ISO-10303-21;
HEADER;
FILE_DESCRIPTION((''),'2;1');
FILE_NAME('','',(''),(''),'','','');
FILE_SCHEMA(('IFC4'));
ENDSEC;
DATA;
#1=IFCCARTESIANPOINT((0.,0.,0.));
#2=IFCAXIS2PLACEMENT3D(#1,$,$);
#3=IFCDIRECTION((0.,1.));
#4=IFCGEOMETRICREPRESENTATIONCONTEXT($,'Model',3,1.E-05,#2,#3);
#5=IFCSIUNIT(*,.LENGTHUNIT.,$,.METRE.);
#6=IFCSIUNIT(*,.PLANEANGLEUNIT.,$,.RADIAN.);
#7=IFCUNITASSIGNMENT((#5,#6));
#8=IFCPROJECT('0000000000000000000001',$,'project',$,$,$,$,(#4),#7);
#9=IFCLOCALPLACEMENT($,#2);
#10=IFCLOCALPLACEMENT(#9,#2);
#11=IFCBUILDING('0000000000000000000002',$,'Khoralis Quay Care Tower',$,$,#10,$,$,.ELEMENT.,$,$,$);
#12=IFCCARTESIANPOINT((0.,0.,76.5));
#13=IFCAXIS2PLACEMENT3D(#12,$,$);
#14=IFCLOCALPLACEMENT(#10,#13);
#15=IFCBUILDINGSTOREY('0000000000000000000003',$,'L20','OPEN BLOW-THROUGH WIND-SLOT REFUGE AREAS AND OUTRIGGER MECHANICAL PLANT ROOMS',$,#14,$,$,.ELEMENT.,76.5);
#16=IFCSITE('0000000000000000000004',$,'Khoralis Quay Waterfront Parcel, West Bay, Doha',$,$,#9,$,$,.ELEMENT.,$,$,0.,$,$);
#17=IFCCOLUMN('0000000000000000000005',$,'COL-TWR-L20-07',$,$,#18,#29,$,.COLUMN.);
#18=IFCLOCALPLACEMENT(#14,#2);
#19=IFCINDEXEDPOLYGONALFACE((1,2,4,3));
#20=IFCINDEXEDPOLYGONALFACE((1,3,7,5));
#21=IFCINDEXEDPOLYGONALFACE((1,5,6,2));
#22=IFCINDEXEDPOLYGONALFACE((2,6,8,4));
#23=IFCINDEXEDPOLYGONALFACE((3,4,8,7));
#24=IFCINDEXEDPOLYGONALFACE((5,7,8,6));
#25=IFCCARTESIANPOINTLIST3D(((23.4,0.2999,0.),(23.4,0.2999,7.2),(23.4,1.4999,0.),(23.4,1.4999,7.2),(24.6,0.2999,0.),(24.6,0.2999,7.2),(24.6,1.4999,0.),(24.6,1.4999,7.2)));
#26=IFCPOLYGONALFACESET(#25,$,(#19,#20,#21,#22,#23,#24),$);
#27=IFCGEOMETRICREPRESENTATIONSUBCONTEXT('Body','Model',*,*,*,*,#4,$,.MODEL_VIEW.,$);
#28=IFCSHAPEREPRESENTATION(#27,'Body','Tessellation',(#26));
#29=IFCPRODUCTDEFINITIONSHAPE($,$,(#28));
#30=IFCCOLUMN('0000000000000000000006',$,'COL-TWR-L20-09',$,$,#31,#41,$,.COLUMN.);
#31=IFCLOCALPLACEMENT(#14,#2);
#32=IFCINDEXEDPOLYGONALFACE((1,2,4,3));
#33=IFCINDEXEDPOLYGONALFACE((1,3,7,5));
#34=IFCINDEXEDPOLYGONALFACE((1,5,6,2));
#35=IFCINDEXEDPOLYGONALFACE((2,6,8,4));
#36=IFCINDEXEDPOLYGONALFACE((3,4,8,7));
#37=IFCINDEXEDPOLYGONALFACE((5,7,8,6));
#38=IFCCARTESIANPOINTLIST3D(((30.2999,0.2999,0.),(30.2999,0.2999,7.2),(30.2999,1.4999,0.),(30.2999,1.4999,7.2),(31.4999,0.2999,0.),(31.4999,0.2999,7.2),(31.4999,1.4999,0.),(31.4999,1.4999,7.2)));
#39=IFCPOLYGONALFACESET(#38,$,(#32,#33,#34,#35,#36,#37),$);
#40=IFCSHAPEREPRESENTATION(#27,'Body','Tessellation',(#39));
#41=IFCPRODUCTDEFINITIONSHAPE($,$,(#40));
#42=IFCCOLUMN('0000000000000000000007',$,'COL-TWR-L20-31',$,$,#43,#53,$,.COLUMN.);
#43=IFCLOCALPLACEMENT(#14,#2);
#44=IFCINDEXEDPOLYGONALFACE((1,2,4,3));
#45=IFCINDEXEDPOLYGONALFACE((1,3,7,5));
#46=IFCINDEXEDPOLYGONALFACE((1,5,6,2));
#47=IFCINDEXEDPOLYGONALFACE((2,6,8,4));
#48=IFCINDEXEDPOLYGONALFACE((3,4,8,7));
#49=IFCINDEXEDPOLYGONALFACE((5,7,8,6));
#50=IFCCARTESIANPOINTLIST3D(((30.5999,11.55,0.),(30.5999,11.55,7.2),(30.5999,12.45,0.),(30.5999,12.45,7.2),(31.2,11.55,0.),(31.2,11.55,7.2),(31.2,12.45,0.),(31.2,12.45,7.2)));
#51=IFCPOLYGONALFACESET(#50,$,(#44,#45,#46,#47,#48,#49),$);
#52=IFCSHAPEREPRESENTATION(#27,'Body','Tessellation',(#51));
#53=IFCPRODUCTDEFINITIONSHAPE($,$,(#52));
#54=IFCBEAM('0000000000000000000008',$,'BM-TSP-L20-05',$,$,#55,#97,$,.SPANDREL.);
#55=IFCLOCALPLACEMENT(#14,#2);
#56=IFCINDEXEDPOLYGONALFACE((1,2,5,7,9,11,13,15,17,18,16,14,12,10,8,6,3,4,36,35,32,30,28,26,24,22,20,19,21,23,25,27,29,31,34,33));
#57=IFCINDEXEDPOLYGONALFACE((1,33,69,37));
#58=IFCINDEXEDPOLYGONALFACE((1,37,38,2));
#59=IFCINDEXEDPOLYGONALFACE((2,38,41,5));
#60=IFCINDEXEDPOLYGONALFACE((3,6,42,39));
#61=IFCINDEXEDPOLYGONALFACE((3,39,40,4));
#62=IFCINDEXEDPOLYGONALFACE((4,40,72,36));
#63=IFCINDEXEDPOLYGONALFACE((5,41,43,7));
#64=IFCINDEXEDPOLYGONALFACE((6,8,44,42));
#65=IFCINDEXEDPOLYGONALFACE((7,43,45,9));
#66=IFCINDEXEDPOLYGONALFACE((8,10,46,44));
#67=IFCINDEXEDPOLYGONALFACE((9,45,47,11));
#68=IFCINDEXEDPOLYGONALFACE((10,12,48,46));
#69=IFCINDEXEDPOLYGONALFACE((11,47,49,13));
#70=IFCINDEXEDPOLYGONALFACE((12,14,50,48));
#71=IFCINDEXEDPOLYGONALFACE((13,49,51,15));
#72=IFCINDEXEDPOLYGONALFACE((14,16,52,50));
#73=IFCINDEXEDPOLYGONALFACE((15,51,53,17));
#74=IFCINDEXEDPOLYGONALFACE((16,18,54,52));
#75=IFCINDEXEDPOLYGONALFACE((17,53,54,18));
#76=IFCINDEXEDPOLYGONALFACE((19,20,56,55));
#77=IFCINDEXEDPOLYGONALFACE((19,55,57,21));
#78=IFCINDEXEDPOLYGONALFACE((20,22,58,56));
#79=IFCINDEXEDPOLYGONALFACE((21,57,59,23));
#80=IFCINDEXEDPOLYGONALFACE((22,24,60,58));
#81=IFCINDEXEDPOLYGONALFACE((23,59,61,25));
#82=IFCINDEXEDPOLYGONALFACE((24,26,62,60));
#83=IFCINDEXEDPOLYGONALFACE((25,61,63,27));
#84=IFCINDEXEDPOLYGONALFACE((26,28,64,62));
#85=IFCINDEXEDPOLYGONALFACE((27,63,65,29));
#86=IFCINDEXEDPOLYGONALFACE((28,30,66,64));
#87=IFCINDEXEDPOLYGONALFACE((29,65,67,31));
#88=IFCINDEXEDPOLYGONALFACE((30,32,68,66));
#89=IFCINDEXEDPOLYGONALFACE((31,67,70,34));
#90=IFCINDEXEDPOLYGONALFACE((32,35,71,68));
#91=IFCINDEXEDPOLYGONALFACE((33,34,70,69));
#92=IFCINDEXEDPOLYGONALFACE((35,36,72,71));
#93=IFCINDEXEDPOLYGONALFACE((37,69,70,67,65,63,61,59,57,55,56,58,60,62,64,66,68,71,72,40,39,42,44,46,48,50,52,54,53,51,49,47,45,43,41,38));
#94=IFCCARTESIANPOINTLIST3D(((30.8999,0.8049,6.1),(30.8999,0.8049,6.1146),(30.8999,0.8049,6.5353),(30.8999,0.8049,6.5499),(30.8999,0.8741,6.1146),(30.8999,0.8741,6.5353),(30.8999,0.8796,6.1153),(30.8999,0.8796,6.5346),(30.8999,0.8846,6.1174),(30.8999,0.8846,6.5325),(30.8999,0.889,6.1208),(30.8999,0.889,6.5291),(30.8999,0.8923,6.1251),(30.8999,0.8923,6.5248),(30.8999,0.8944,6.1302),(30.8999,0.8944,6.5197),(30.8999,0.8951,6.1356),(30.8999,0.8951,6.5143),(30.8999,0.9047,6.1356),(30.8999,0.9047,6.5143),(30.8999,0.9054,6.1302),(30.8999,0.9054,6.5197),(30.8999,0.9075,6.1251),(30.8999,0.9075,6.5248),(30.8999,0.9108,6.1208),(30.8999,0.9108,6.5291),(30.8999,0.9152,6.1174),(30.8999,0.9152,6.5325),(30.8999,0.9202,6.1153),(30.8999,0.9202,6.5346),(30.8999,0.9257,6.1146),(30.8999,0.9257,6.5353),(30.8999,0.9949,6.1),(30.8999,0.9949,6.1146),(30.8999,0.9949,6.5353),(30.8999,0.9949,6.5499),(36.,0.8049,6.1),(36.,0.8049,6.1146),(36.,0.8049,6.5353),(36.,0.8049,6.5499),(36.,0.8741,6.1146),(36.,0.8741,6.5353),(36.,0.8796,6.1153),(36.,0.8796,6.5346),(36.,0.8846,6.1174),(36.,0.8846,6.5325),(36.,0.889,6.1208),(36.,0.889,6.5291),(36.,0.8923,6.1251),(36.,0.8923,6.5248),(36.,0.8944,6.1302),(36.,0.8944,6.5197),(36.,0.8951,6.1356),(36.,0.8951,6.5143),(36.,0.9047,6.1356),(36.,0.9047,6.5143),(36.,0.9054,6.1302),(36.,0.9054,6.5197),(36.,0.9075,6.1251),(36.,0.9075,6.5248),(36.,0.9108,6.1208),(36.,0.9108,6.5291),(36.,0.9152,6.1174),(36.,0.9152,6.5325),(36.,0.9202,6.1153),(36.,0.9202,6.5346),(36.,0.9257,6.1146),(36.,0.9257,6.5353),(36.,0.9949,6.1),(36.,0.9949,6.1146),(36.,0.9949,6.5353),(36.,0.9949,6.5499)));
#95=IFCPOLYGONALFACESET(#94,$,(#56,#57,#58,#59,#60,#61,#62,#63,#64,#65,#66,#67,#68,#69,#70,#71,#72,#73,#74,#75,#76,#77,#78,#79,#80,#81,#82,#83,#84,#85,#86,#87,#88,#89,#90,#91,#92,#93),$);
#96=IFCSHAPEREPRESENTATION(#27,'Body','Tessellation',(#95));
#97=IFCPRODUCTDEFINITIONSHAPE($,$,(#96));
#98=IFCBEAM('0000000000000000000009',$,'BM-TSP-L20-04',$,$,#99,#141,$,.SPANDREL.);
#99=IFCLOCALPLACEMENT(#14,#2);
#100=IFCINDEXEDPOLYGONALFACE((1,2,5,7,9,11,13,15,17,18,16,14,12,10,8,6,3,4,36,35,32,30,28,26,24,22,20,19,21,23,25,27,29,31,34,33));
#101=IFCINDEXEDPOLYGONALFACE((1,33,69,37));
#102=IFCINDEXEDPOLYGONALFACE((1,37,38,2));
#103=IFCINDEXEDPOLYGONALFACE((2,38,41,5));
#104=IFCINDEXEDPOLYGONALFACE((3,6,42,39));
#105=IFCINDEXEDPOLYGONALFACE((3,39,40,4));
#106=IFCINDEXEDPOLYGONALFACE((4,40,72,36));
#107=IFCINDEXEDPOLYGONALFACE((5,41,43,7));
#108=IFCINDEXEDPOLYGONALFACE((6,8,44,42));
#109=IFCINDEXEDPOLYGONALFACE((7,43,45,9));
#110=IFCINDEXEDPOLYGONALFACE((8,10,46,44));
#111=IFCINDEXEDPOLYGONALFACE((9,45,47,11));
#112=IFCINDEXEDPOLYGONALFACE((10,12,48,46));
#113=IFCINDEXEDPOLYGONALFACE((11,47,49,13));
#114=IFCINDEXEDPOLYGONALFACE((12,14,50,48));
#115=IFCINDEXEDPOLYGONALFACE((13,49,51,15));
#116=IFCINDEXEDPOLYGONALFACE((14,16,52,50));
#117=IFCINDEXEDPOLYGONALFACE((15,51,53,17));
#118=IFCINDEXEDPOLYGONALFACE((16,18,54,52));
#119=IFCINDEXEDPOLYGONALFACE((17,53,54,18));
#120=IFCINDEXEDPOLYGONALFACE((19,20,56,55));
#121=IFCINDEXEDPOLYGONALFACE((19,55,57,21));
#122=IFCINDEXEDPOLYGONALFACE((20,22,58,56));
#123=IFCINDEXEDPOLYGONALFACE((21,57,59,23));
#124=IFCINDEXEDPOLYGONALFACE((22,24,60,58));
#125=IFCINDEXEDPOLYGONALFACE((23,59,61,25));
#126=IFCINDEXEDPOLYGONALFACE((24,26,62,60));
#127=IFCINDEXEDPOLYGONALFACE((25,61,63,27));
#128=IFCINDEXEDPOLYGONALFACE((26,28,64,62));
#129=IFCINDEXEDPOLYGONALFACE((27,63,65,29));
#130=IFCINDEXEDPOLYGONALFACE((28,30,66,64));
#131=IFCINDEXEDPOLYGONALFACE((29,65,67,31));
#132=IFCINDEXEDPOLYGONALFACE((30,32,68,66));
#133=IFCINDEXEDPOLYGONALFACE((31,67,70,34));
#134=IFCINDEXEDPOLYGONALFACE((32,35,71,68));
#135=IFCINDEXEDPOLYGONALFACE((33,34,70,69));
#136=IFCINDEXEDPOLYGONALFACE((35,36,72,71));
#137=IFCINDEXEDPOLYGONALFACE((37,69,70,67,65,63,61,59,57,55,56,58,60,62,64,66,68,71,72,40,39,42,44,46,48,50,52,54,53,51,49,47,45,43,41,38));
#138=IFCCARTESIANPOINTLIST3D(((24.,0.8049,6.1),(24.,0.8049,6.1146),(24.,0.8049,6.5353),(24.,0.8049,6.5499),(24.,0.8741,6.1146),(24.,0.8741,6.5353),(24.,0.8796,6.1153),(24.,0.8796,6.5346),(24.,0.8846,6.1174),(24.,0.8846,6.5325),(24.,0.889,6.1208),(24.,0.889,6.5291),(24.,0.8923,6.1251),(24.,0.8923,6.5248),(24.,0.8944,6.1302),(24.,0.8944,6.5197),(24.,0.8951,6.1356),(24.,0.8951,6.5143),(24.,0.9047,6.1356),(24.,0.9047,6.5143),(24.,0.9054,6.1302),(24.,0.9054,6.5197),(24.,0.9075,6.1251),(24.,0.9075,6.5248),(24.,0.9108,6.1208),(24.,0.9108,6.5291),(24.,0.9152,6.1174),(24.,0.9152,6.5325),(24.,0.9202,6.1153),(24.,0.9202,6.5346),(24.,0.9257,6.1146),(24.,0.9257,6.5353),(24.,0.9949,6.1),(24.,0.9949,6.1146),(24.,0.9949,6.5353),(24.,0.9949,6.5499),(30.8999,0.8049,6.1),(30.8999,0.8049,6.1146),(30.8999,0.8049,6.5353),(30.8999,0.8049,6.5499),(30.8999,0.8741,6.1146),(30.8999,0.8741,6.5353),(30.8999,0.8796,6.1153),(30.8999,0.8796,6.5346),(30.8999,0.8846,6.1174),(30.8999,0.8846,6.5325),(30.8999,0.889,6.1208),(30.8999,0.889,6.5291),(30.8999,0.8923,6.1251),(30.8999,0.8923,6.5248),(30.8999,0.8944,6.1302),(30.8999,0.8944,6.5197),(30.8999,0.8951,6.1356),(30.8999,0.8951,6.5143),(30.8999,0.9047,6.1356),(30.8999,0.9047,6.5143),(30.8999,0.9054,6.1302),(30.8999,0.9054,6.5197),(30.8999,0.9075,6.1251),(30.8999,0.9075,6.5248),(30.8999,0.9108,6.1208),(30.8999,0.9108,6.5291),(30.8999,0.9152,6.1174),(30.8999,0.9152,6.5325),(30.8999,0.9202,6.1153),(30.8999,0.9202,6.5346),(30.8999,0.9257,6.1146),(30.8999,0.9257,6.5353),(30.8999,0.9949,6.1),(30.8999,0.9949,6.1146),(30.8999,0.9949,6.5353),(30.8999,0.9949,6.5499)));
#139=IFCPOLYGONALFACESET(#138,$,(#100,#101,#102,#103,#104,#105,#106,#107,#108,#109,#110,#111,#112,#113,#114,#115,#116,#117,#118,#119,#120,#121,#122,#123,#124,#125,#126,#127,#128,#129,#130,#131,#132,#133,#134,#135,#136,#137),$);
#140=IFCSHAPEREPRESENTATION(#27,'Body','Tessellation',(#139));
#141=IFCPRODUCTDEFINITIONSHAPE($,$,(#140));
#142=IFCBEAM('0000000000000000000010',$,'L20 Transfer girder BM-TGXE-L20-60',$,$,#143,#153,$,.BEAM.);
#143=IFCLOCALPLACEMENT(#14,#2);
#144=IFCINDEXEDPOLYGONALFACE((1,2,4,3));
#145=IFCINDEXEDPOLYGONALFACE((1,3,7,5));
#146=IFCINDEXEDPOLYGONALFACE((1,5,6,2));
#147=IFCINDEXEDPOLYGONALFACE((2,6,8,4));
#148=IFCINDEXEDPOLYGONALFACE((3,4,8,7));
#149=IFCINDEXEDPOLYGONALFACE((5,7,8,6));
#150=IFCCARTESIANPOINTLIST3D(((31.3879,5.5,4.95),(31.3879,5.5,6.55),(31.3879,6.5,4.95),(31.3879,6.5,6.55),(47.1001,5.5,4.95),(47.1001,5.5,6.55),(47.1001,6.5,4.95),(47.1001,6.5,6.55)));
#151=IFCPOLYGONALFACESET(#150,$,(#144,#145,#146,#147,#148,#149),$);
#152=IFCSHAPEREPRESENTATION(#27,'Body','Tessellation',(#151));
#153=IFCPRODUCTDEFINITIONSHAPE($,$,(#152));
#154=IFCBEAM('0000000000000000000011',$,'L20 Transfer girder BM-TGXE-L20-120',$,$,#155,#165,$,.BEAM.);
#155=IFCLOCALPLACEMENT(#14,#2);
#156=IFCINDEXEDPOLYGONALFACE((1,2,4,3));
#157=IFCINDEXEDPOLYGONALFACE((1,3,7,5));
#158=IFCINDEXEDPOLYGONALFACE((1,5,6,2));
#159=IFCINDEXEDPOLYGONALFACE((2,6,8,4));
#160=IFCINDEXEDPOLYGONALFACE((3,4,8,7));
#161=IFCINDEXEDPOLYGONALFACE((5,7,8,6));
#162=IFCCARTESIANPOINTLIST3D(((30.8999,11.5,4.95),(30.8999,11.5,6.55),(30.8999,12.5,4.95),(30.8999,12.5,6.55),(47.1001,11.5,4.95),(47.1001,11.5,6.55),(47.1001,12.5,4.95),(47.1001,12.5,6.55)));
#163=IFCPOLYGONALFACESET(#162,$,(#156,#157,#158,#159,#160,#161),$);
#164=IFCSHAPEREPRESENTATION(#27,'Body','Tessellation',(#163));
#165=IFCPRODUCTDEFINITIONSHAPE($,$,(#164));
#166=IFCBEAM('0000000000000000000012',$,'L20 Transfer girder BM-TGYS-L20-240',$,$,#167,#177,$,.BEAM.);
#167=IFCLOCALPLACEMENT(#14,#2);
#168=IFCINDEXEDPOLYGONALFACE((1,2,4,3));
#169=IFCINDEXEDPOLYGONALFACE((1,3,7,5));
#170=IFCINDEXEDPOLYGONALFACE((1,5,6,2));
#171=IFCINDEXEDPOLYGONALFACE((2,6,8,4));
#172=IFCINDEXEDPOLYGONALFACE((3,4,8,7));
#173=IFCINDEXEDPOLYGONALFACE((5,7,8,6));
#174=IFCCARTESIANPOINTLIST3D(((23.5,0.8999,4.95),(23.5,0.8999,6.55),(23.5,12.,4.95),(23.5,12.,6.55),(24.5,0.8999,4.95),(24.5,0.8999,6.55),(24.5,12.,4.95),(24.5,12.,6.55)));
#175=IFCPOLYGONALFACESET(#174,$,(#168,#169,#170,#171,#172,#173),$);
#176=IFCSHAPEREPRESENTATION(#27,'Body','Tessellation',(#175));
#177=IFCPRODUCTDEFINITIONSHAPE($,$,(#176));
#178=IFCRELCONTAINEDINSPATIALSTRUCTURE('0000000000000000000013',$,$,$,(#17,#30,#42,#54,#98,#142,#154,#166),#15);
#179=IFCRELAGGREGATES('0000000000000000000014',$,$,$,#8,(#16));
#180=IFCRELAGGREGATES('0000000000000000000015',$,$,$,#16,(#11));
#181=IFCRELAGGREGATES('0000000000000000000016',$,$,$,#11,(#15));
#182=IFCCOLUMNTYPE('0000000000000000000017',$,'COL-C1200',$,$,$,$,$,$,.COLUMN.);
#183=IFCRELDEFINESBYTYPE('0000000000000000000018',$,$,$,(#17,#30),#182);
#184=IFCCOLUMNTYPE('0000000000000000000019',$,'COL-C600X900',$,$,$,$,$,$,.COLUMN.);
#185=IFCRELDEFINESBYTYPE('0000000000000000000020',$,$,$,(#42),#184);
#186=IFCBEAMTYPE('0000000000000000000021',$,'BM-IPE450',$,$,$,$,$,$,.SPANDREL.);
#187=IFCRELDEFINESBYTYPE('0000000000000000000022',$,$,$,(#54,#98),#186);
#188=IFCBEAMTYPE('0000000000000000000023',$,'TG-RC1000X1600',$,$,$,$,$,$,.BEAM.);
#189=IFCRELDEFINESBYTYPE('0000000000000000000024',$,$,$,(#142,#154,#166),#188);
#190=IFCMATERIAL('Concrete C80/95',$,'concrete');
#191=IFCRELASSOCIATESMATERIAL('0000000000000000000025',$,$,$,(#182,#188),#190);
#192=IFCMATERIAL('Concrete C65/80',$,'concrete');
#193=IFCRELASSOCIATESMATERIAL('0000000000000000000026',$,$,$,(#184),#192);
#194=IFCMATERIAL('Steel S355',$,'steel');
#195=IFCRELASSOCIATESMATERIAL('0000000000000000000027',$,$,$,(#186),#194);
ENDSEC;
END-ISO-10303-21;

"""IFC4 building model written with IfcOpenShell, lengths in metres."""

from ifc_helpers import new_model, si_unit, direction, frame, origin, origin_2d, place, context, subcontext, project, spatial, rectangle, i_section, extrude, source, transform, mapped, material, material_profile, profile_set, type_object, element, save


model = new_model("IFC4")

# Units and contexts
model_context = context("Model", 3, precision=1e-05, world=origin(), true_north=direction((0.0, 1.0)))
body_context = subcontext(model_context, "Body", "Model", "MODEL_VIEW")
ifc_project = project(units=[si_unit("LENGTHUNIT", "METRE"), si_unit("PLANEANGLEUNIT", "RADIAN")], contexts=[model_context])

# Site, building, storey
site_placement = place(None, origin())
site = spatial("IfcSite", under=ifc_project, at=site_placement, Name="Khoralis Quay Waterfront Parcel, West Bay, Doha", CompositionType="ELEMENT", RefElevation=0.0)
building_placement = place(site_placement, origin())
building = spatial("IfcBuilding", under=site, at=building_placement, Name="Khoralis Quay Care Tower", CompositionType="ELEMENT")
storey_placement = place(building_placement, frame((0.0, 0.0, 76.5)))
storey = spatial("IfcBuildingStorey", under=building, at=storey_placement, Name="L20", Description="OPEN BLOW-THROUGH WIND-SLOT REFUGE AREAS AND OUTRIGGER MECHANICAL PLANT ROOMS", CompositionType="ELEMENT", Elevation=76.5)

# Columns
ifc_material_1 = material(Name="Concrete C80/95", Category="concrete")
ifc_material_profile_1 = material_profile(ifc_material_1, rectangle(XDim=1.2, YDim=1.2, at=origin_2d()), Name="Concrete C80/95")
ifc_profile_set_1 = profile_set([ifc_material_profile_1], Name="Concrete C80/95")
column_type_1 = type_object("IfcColumnType", Name="COL-C1200", PredefinedType="COLUMN", material=ifc_profile_set_1)
shared_shape_1 = source(origin(), body_context, "Body", "SweptSolid", [
    extrude(rectangle(XDim=1.2, YDim=1.2, at=origin_2d()), origin(), (0.0, 0.0, 1.0), 7.2),
])
for number, where, z_axis, x_axis, name in (
    (1, (24.0, 0.8999, 0.0), (0.0, 0.0, 1.0), (1.0, 0.0, 0.0), "COL-TWR-L20-07"),
    (2, (30.8999, 0.8999, 0.0), (0.0, 0.0, 1.0), (1.0, 0.0, 0.0), "COL-TWR-L20-09"),
):
    element("IfcColumn", number, at=place(storey_placement, frame(where, z_axis=z_axis, x_axis=x_axis)), inside=storey, type_object=column_type_1, Name=name, PredefinedType="COLUMN", context=body_context, shape_type="MappedRepresentation", body=[
        mapped(shared_shape_1, transform((0.0, 0.0, 0.0), scale=1.0)),
    ])
ifc_material_2 = material(Name="Concrete C65/80", Category="concrete")
ifc_material_profile_2 = material_profile(ifc_material_2, rectangle(XDim=0.6001, YDim=0.8999, at=origin_2d()), Name="Concrete C65/80")
ifc_profile_set_2 = profile_set([ifc_material_profile_2], Name="Concrete C65/80")
column_type_2 = type_object("IfcColumnType", Name="COL-C600X900", PredefinedType="COLUMN", material=ifc_profile_set_2)
shared_shape_2 = source(origin(), body_context, "Body", "SweptSolid", [
    extrude(rectangle(XDim=0.6001, YDim=0.8999, at=origin_2d()), origin(), (0.0, 0.0, 1.0), 7.2),
])
column_placement = place(storey_placement, frame((30.8999, 12.0, 0.0), z_axis=(0.0, 0.0, 1.0), x_axis=(1.0, 0.0, 0.0)))
element("IfcColumn", 3, at=column_placement, inside=storey, type_object=column_type_2, Name="COL-TWR-L20-31", PredefinedType="COLUMN", context=body_context, shape_type="MappedRepresentation", body=[
    mapped(shared_shape_2, transform((0.0, 0.0, 0.0), scale=1.0)),
])

# Beams
ifc_material_3 = material(Name="Steel S355", Category="steel")
ifc_material_profile_3 = material_profile(ifc_material_3, i_section(OverallWidth=0.1899, OverallDepth=0.45, WebThickness=0.0095, FlangeThickness=0.0146, FilletRadius=0.021, at=origin_2d()), Name="Steel S355")
ifc_profile_set_3 = profile_set([ifc_material_profile_3], Name="Steel S355")
beam_type_1 = type_object("IfcBeamType", Name="BM-IPE450", PredefinedType="SPANDREL", material=ifc_profile_set_3)
shared_shape_3 = source(origin(), body_context, "Body", "SweptSolid", [
    extrude(i_section(OverallWidth=0.1899, OverallDepth=0.45, WebThickness=0.0095, FlangeThickness=0.0146, FilletRadius=0.021, at=origin_2d()), origin(), (0.0, 0.0, 1.0), 5.1001),
])
beam_1_placement = place(storey_placement, frame((30.8999, 0.8999, 6.325), z_axis=(1.0, 0.0, 0.0), x_axis=(0.0, 1.0, 0.0)))
element("IfcBeam", 4, at=beam_1_placement, inside=storey, type_object=beam_type_1, Name="BM-TSP-L20-05", PredefinedType="SPANDREL", context=body_context, shape_type="MappedRepresentation", body=[
    mapped(shared_shape_3, transform((0.0, 0.0, 0.0), scale=1.0)),
])
shared_shape_4 = source(origin(), body_context, "Body", "SweptSolid", [
    extrude(i_section(OverallWidth=0.1899, OverallDepth=0.45, WebThickness=0.0095, FlangeThickness=0.0146, FilletRadius=0.021, at=origin_2d()), origin(), (0.0, 0.0, 1.0), 6.8999),
])
beam_2_placement = place(storey_placement, frame((24.0, 0.8999, 6.325), z_axis=(1.0, 0.0, 0.0), x_axis=(0.0, 1.0, 0.0)))
element("IfcBeam", 5, at=beam_2_placement, inside=storey, type_object=beam_type_1, Name="BM-TSP-L20-04", PredefinedType="SPANDREL", context=body_context, shape_type="MappedRepresentation", body=[
    mapped(shared_shape_4, transform((0.0, 0.0, 0.0), scale=1.0)),
])
ifc_material_profile_4 = material_profile(ifc_material_1, rectangle(XDim=1.0, YDim=1.6001, at=origin_2d()), Name="Concrete C80/95")
ifc_profile_set_4 = profile_set([ifc_material_profile_4], Name="Concrete C80/95")
beam_type_2 = type_object("IfcBeamType", Name="TG-RC1000X1600", PredefinedType="BEAM", material=ifc_profile_set_4)
shared_shape_5 = source(origin(), body_context, "Body", "SweptSolid", [
    extrude(rectangle(XDim=1.0, YDim=1.6001, at=origin_2d()), origin(), (0.0, 0.0, 1.0), 15.7122),
])
beam_3_placement = place(storey_placement, frame((31.3879, 6.0, 5.75), z_axis=(1.0, 0.0, 0.0), x_axis=(0.0, 1.0, 0.0)))
element("IfcBeam", 6, at=beam_3_placement, inside=storey, type_object=beam_type_2, Name="L20 Transfer girder BM-TGXE-L20-60", PredefinedType="BEAM", context=body_context, shape_type="MappedRepresentation", body=[
    mapped(shared_shape_5, transform((0.0, 0.0, 0.0), scale=1.0)),
])
shared_shape_6 = source(origin(), body_context, "Body", "SweptSolid", [
    extrude(rectangle(XDim=1.0, YDim=1.6001, at=origin_2d()), origin(), (0.0, 0.0, 1.0), 16.2002),
])
beam_4_placement = place(storey_placement, frame((30.8999, 12.0, 5.75), z_axis=(1.0, 0.0, 0.0), x_axis=(0.0, 1.0, 0.0)))
element("IfcBeam", 7, at=beam_4_placement, inside=storey, type_object=beam_type_2, Name="L20 Transfer girder BM-TGXE-L20-120", PredefinedType="BEAM", context=body_context, shape_type="MappedRepresentation", body=[
    mapped(shared_shape_6, transform((0.0, 0.0, 0.0), scale=1.0)),
])
shared_shape_7 = source(origin(), body_context, "Body", "SweptSolid", [
    extrude(rectangle(XDim=1.0, YDim=1.6001, at=origin_2d()), origin(), (0.0, 0.0, 1.0), 11.1001),
])
for number, where, z_axis, x_axis, name in (
    (8, (24.0, 0.8999, 5.75), (0.0, 1.0, 0.0), (-1.0, 0.0, 0.0), "L20 Transfer girder BM-TGYS-L20-240"),
):
    element("IfcBeam", number, at=place(storey_placement, frame(where, z_axis=z_axis, x_axis=x_axis)), inside=storey, type_object=beam_type_2, Name=name, PredefinedType="BEAM", context=body_context, shape_type="MappedRepresentation", body=[
        mapped(shared_shape_7, transform((0.0, 0.0, 0.0), scale=1.0)),
    ])

save(model, "model.ifc")
